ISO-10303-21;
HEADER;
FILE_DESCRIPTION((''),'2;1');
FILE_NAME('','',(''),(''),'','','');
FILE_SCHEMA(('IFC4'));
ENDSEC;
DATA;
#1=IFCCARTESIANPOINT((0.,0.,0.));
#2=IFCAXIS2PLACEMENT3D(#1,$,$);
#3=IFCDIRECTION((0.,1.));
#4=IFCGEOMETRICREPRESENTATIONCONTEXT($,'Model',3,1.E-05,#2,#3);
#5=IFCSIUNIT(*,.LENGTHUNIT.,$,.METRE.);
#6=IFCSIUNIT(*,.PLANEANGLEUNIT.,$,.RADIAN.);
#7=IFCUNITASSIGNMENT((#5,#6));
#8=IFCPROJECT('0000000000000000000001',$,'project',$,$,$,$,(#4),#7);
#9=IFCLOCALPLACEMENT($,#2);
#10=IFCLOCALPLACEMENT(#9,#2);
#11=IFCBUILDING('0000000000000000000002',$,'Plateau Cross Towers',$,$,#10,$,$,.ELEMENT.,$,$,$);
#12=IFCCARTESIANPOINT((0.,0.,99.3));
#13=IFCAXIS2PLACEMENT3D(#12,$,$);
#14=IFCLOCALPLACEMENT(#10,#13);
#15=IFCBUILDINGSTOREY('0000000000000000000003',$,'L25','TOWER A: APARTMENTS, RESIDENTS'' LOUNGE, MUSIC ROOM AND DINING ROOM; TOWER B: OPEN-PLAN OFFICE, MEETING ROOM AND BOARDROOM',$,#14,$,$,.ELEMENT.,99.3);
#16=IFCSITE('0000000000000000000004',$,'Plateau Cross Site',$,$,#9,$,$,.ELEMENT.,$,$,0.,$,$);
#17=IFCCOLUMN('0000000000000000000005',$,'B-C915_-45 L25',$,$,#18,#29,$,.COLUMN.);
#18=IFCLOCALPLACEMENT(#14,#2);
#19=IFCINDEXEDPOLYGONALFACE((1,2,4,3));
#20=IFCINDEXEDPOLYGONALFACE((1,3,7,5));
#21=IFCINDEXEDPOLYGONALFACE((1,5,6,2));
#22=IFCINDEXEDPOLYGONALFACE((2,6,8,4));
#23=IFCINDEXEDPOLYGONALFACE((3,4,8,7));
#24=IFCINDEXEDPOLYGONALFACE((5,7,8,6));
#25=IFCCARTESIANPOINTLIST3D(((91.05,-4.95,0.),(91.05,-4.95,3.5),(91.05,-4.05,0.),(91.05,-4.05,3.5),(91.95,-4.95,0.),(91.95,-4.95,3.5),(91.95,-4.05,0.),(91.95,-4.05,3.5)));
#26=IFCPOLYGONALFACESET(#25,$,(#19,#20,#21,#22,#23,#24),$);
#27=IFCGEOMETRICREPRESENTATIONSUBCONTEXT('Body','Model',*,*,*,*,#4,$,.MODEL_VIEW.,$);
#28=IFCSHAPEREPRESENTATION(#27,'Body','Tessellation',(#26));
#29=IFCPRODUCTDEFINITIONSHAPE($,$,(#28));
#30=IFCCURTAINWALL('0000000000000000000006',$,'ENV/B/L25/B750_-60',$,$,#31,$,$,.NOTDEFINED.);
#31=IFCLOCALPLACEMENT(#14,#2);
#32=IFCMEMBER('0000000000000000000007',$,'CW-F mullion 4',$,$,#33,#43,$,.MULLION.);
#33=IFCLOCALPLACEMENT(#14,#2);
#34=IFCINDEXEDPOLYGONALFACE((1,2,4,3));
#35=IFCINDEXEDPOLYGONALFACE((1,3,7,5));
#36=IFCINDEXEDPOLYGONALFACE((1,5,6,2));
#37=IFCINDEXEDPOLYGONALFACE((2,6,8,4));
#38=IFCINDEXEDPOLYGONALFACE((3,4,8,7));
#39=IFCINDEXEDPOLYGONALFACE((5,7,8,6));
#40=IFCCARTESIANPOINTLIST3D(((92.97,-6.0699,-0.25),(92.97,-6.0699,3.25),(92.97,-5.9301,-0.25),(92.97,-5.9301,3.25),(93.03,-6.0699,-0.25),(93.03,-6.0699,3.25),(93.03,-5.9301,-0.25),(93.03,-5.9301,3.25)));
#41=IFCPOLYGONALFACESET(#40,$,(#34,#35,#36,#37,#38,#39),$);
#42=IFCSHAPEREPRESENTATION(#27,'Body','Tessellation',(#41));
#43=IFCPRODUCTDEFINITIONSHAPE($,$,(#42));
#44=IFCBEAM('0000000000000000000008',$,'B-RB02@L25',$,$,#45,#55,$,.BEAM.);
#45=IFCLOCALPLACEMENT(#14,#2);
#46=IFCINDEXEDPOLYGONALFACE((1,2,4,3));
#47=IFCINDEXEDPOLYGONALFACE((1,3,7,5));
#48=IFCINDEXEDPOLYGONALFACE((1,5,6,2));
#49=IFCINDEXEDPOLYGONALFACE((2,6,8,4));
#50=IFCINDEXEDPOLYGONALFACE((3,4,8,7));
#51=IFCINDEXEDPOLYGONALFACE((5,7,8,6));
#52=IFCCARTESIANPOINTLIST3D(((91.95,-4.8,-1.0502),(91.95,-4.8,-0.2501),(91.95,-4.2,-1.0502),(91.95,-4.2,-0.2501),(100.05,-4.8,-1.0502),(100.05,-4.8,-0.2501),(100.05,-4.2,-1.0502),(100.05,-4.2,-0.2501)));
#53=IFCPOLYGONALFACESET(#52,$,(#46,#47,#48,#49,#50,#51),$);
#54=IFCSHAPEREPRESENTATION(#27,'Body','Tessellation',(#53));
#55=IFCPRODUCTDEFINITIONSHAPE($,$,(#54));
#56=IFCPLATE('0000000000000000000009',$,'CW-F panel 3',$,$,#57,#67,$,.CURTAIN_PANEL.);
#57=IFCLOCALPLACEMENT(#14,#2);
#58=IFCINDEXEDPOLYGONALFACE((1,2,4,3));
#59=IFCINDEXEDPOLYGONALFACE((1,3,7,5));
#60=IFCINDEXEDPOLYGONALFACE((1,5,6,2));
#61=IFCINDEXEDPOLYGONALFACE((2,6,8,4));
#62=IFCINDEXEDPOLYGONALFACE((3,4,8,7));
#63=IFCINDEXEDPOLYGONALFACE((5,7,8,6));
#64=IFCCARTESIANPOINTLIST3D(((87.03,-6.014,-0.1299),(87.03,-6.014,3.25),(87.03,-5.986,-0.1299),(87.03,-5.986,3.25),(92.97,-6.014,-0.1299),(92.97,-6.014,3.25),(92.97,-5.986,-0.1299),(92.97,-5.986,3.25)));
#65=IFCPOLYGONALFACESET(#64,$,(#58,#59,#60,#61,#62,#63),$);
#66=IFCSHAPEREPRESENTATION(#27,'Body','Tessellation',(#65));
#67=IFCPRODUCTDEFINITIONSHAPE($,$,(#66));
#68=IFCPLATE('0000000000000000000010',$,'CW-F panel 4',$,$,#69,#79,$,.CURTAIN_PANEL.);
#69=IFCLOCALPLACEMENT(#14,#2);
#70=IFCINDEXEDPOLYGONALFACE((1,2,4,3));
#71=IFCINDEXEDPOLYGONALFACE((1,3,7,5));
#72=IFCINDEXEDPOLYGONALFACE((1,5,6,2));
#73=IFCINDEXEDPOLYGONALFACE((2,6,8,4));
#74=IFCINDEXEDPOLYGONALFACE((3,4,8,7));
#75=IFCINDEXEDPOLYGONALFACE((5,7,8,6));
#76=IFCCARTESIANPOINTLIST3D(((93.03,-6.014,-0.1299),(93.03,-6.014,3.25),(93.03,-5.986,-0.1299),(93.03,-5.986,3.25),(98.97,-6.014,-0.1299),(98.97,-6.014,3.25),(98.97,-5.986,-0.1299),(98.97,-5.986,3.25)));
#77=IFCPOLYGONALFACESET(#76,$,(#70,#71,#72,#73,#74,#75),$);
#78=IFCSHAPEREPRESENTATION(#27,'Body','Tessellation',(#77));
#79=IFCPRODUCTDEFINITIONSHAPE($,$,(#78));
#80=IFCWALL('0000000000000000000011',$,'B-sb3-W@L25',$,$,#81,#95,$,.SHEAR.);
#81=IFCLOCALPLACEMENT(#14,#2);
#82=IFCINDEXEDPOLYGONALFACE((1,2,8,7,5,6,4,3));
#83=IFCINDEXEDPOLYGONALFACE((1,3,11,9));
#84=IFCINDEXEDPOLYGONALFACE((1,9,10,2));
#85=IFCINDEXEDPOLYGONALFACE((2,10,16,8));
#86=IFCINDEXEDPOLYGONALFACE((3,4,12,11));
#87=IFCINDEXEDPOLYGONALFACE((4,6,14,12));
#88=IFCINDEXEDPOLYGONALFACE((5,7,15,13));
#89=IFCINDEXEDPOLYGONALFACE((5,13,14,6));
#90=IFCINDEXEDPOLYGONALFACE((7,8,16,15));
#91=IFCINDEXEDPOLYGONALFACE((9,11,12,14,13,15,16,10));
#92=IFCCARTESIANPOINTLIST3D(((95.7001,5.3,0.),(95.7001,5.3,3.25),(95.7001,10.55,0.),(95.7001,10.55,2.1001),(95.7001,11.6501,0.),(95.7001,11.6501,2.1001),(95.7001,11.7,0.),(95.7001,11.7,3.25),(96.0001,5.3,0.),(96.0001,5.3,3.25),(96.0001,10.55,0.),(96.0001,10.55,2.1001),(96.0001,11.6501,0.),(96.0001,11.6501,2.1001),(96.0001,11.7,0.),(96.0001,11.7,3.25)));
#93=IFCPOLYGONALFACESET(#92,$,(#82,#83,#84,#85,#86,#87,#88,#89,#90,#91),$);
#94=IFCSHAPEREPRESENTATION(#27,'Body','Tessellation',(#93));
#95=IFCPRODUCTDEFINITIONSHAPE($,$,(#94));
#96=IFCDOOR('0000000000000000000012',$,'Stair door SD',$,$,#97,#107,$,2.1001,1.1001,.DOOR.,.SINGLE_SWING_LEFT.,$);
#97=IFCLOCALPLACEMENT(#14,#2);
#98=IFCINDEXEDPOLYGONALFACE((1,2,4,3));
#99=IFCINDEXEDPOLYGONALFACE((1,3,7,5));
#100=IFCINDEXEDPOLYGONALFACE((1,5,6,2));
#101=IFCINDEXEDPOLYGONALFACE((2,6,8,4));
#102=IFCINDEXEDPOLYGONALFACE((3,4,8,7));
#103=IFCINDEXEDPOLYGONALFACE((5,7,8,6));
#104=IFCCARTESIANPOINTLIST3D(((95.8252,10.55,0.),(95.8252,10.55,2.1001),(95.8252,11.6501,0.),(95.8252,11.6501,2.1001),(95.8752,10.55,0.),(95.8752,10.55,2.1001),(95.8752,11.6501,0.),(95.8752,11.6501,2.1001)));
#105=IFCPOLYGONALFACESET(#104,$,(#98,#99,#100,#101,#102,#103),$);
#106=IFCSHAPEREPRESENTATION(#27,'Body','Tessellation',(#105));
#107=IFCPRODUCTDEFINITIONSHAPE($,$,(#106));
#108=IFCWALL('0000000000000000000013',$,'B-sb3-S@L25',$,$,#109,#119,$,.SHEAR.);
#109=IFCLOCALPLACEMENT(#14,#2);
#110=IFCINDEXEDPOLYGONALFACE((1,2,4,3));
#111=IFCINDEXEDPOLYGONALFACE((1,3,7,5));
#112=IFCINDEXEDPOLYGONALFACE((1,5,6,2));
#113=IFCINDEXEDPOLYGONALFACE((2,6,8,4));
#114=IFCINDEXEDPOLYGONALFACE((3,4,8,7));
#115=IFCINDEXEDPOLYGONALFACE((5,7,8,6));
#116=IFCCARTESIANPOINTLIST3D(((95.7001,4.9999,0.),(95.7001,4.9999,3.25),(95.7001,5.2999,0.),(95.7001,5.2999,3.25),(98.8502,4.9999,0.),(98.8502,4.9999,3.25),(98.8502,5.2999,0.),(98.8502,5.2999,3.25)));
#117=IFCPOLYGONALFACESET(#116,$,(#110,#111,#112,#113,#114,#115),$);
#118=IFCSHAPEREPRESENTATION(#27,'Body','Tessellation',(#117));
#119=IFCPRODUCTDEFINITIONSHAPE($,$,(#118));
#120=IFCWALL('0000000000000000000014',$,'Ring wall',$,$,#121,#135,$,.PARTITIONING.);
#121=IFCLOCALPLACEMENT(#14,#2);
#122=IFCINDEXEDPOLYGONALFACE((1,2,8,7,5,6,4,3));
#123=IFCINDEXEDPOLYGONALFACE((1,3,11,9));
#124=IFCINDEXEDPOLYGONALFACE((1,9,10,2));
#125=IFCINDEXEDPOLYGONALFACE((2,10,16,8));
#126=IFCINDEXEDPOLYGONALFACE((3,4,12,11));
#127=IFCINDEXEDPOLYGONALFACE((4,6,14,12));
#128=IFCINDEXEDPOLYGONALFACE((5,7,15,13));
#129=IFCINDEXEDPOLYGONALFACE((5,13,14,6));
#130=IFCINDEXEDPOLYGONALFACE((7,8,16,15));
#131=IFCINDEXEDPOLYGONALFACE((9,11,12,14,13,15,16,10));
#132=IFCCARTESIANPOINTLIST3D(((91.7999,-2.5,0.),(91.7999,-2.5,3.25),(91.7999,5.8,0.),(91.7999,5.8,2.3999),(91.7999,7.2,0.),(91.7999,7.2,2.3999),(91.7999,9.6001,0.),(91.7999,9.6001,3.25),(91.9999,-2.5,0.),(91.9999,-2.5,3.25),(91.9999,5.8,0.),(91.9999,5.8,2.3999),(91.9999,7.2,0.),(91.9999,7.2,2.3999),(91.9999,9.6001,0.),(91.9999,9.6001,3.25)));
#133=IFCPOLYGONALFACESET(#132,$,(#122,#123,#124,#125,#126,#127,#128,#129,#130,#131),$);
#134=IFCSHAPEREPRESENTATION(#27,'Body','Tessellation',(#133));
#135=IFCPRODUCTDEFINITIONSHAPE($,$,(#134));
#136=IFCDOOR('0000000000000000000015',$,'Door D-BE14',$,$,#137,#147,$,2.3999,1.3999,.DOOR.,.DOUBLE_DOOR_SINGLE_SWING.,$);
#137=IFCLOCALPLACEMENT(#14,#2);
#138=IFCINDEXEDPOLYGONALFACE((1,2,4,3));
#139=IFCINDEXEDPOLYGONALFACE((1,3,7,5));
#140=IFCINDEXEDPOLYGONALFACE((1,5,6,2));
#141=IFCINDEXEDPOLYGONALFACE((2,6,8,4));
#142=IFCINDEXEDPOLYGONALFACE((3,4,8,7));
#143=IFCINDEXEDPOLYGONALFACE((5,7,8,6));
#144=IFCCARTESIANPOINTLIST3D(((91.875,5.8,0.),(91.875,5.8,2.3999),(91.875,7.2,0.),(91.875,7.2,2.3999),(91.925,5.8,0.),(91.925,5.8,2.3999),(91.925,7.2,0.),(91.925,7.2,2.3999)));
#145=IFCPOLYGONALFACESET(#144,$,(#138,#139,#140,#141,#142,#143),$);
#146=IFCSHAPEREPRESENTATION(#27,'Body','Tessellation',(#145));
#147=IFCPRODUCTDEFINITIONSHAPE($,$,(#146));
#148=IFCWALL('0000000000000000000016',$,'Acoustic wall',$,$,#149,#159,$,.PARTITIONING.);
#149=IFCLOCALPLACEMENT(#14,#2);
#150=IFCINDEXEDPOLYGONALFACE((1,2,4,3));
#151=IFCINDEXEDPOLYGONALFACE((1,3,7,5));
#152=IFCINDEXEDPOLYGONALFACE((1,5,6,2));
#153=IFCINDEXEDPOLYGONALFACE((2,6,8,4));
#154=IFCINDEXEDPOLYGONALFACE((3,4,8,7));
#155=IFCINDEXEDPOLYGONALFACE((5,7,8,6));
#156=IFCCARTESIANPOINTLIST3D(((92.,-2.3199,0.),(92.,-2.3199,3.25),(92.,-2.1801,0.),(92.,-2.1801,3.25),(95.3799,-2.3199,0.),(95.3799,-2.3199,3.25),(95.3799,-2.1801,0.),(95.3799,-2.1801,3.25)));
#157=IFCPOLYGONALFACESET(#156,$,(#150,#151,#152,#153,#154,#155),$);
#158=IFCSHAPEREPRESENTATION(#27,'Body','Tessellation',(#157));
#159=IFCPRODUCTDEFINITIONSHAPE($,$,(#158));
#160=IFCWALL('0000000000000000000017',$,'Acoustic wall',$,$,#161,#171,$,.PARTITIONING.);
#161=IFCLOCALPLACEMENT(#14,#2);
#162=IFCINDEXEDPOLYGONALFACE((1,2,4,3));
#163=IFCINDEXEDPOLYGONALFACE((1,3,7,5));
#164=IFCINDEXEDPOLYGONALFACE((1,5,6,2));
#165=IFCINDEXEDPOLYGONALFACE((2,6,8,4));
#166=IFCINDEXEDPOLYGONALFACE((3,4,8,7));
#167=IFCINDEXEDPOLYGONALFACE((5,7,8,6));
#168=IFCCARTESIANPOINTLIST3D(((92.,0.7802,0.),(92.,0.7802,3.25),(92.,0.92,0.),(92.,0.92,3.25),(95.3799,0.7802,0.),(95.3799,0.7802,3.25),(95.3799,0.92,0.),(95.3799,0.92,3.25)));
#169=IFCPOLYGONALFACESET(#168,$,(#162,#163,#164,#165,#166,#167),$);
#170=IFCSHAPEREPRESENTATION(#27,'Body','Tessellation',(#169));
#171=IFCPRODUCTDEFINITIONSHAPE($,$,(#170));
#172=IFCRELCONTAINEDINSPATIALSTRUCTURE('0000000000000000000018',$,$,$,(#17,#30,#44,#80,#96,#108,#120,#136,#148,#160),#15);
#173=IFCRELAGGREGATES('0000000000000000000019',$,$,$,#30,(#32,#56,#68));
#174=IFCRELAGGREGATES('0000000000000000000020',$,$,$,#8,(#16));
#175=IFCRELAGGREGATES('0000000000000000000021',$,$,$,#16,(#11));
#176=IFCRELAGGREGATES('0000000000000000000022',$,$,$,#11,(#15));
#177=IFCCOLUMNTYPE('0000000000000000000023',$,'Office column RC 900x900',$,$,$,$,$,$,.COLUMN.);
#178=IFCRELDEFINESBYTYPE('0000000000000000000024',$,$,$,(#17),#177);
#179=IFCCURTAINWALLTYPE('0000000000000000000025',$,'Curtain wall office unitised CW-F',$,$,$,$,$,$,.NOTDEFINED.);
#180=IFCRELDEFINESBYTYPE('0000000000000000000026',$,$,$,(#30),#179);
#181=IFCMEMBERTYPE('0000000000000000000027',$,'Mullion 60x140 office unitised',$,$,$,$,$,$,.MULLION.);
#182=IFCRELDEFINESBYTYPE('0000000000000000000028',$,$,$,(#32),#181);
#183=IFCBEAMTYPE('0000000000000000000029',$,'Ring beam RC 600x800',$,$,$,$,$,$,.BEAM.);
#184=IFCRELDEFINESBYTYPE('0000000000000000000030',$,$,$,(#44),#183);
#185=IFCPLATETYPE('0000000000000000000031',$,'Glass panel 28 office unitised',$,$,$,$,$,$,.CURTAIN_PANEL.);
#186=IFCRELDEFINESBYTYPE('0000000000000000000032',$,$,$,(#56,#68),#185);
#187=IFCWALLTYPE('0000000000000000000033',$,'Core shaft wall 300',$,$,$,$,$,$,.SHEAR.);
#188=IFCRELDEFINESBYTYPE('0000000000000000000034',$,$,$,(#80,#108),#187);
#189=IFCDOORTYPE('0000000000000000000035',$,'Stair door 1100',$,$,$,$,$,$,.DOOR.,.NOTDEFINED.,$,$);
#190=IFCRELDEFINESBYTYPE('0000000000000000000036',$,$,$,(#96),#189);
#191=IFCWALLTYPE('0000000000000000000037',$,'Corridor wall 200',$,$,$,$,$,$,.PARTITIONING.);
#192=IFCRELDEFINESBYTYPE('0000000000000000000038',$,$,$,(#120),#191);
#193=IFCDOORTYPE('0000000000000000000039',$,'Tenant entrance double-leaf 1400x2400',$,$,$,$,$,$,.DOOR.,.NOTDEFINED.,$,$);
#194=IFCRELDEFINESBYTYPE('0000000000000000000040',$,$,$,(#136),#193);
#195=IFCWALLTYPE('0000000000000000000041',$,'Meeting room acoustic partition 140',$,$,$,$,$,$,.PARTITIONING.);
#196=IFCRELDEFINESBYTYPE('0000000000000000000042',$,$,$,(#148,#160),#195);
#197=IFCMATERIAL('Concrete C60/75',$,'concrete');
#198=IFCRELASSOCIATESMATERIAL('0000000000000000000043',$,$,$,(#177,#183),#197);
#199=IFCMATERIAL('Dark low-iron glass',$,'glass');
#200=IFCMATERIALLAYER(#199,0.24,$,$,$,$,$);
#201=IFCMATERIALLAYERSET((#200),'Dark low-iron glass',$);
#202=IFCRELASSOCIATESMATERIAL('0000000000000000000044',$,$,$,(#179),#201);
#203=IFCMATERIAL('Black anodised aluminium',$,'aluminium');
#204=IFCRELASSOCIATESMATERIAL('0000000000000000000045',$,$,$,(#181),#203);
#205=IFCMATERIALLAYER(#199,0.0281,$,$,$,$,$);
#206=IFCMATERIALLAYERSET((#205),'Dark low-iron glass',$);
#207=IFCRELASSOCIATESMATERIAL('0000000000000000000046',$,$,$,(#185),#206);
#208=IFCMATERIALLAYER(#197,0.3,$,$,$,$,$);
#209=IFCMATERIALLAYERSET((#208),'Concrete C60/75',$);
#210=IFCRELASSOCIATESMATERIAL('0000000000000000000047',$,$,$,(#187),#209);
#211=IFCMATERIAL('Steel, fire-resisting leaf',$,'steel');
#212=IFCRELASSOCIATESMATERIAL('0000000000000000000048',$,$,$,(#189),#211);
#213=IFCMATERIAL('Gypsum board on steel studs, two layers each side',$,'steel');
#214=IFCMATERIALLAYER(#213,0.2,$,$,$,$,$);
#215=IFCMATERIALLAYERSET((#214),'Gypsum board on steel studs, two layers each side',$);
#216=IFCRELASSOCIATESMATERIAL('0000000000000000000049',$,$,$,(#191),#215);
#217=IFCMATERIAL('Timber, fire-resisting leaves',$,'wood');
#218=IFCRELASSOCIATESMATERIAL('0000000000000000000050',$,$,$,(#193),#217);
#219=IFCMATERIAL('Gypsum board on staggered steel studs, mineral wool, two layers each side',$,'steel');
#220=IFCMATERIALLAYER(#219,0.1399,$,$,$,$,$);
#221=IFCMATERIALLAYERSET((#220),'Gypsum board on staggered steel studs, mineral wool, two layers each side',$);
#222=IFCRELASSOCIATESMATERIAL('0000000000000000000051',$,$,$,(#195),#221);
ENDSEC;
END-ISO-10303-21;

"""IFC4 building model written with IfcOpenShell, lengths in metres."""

from ifc_helpers import new_model, si_unit, direction, frame, frame_2d, origin, origin_2d, place, context, subcontext, project, spatial, rectangle, extrude, material, layer, layer_set, material_profile, profile_set, type_object, element, fill, aggregate, save


model = new_model("IFC4")

# Units and contexts
model_context = context("Model", 3, precision=1e-05, world=origin(), true_north=direction((0.0, 1.0)))
body_context = subcontext(model_context, "Body", "Model", "MODEL_VIEW")
ifc_project = project(units=[si_unit("LENGTHUNIT", "METRE"), si_unit("PLANEANGLEUNIT", "RADIAN")], contexts=[model_context])

# Site, building, storey
site_placement = place(None, origin())
site = spatial("IfcSite", under=ifc_project, at=site_placement, Name="Plateau Cross Site", CompositionType="ELEMENT", RefElevation=0.0)
building_placement = place(site_placement, origin())
building = spatial("IfcBuilding", under=site, at=building_placement, Name="Plateau Cross Towers", CompositionType="ELEMENT")
storey_placement = place(building_placement, frame((0.0, 0.0, 99.3)))
storey = spatial("IfcBuildingStorey", under=building, at=storey_placement, Name="L25", Description="TOWER A: APARTMENTS, RESIDENTS' LOUNGE, MUSIC ROOM AND DINING ROOM; TOWER B: OPEN-PLAN OFFICE, MEETING ROOM AND BOARDROOM", CompositionType="ELEMENT", Elevation=99.3)

# Column
ifc_material_1 = material(Name="Concrete C60/75", Category="concrete")
ifc_material_profile_1 = material_profile(ifc_material_1, rectangle(XDim=0.8999, YDim=0.8999, at=origin_2d()), Name="RC 900x900")
ifc_profile_set_1 = profile_set([ifc_material_profile_1], Name="Concrete C60/75")
column_type = type_object("IfcColumnType", Name="Office column RC 900x900", PredefinedType="COLUMN", material=ifc_profile_set_1)
column_placement = place(storey_placement, frame((91.5, -4.5, 0.0), z_axis=(0.0, 0.0, 1.0), x_axis=(1.0, 0.0, 0.0)))
element("IfcColumn", 1, at=column_placement, inside=storey, type_object=column_type, Name="B-C915_-45 L25", PredefinedType="COLUMN", context=body_context, shape_type="SweptSolid", body=[
    extrude(rectangle(XDim=0.8999, YDim=0.8999, at=origin_2d()), origin(), (0.0, 0.0, 1.0), 3.5),
])

# Curtain wall, member
ifc_material_2 = material(Name="Dark low-iron glass", Category="glass")
ifc_layer_1 = layer(ifc_material_2, 0.24)
ifc_layer_set_1 = layer_set([ifc_layer_1], Name="Dark low-iron glass")
curtain_wall_type = type_object("IfcCurtainWallType", Name="Curtain wall office unitised CW-F", PredefinedType="NOTDEFINED", material=ifc_layer_set_1)
curtain_wall_placement = place(storey_placement, origin())
curtain_wall = element("IfcCurtainWall", 2, at=curtain_wall_placement, inside=storey, type_object=curtain_wall_type, Name="ENV/B/L25/B750_-60", PredefinedType="NOTDEFINED")
ifc_material_3 = material(Name="Black anodised aluminium", Category="aluminium")
ifc_material_profile_2 = material_profile(ifc_material_3, rectangle(XDim=0.0601, YDim=0.1399, at=origin_2d()), Name="MULLION 60x140")
ifc_profile_set_2 = profile_set([ifc_material_profile_2], Name="Black anodised aluminium")
member_type = type_object("IfcMemberType", Name="Mullion 60x140 office unitised", PredefinedType="MULLION", material=ifc_profile_set_2)
member_placement = place(storey_placement, frame((93.0, -6.0, -0.25), z_axis=(0.0, 0.0, 1.0), x_axis=(1.0, 0.0, 0.0)))
member = element("IfcMember", 3, at=member_placement, type_object=member_type, Name="CW-F mullion 4", PredefinedType="MULLION", context=body_context, shape_type="SweptSolid", body=[
    extrude(rectangle(XDim=0.0601, YDim=0.1399, at=origin_2d()), origin(), (0.0, 0.0, 1.0), 3.5),
])

# Beam
ifc_material_profile_3 = material_profile(ifc_material_1, rectangle(XDim=0.6001, YDim=0.8, at=origin_2d()), Name="RC 600x800")
ifc_profile_set_3 = profile_set([ifc_material_profile_3], Name="Concrete C60/75")
beam_type = type_object("IfcBeamType", Name="Ring beam RC 600x800", PredefinedType="BEAM", material=ifc_profile_set_3)
beam_placement = place(storey_placement, frame((91.95, -4.5, -0.6501), z_axis=(1.0, 0.0, 0.0), x_axis=(0.0, 1.0, 0.0)))
element("IfcBeam", 4, at=beam_placement, inside=storey, type_object=beam_type, Name="B-RB02@L25", PredefinedType="BEAM", context=body_context, shape_type="SweptSolid", body=[
    extrude(rectangle(XDim=0.6001, YDim=0.8, at=origin_2d()), origin(), (0.0, 0.0, 1.0), 8.1001),
])

# Plates
ifc_layer_2 = layer(ifc_material_2, 0.0281)
ifc_layer_set_2 = layer_set([ifc_layer_2], Name="Dark low-iron glass")
plate_type = type_object("IfcPlateType", Name="Glass panel 28 office unitised", PredefinedType="CURTAIN_PANEL", material=ifc_layer_set_2)
plate_1_placement = place(storey_placement, frame((90.0, -6.0, -0.1299), z_axis=(0.0, 0.0, 1.0), x_axis=(1.0, 0.0, 0.0)))
plate_1 = element("IfcPlate", 5, at=plate_1_placement, type_object=plate_type, Name="CW-F panel 3", PredefinedType="CURTAIN_PANEL", context=body_context, shape_type="SweptSolid", body=[
    extrude(rectangle(XDim=5.9399, YDim=0.0281, at=origin_2d()), origin(), (0.0, 0.0, 1.0), 3.3799),
])
plate_2_placement = place(storey_placement, frame((96.0, -6.0, -0.1299), z_axis=(0.0, 0.0, 1.0), x_axis=(1.0, 0.0, 0.0)))
plate_2 = element("IfcPlate", 6, at=plate_2_placement, type_object=plate_type, Name="CW-F panel 4", PredefinedType="CURTAIN_PANEL", context=body_context, shape_type="SweptSolid", body=[
    extrude(rectangle(XDim=5.9399, YDim=0.0281, at=origin_2d()), origin(), (0.0, 0.0, 1.0), 3.3799),
])
aggregate(curtain_wall, [member, plate_1, plate_2])

# Wall, opening, door
ifc_layer_3 = layer(ifc_material_1, 0.3)
ifc_layer_set_3 = layer_set([ifc_layer_3], Name="Concrete C60/75")
wall_type_1 = type_object("IfcWallType", Name="Core shaft wall 300", PredefinedType="SHEAR", material=ifc_layer_set_3)
wall_1_placement = place(storey_placement, frame((95.8501, 5.3, 0.0), z_axis=(0.0, 0.0, 1.0), x_axis=(0.0, 1.0, 0.0)))
wall_1 = element("IfcWall", 7, at=wall_1_placement, inside=storey, type_object=wall_type_1, Name="B-sb3-W@L25", PredefinedType="SHEAR", context=body_context, shape_type="SweptSolid", body=[
    extrude(rectangle(XDim=6.3999, YDim=0.3, at=frame_2d((3.2, 0.0))), origin(), (0.0, 0.0, 1.0), 3.25),
])
opening_1_placement = place(wall_1_placement, frame((5.25, 0.0, 0.0)))
opening_1 = element("IfcOpeningElement", 8, at=opening_1_placement, cuts=wall_1, PredefinedType="OPENING", context=body_context, shape_type="SweptSolid", body=[
    extrude(rectangle(XDim=1.1001, YDim=2.1001, at=frame_2d((0.55, 1.05))), frame((0.0, 0.1599, 0.0), z_axis=(0.0, -1.0, 0.0), x_axis=(1.0, 0.0, 0.0)), (0.0, 0.0, 1.0), 0.3201),
])
ifc_material_4 = material(Name="Steel, fire-resisting leaf", Category="steel")
door_type_1 = type_object("IfcDoorType", Name="Stair door 1100", OperationType="NOTDEFINED", PredefinedType="DOOR", material=ifc_material_4)
door_1_placement = place(opening_1_placement, origin())
door_1 = element("IfcDoor", 9, at=door_1_placement, inside=storey, type_object=door_type_1, Name="Stair door SD", OperationType="SINGLE_SWING_LEFT", OverallHeight=2.1001, OverallWidth=1.1001, PredefinedType="DOOR", context=body_context, shape_type="SweptSolid", body=[
    extrude(rectangle(XDim=1.1001, YDim=2.1001, at=frame_2d((0.55, 1.05))), frame((0.0, 0.0249, 0.0), z_axis=(0.0, -1.0, 0.0), x_axis=(1.0, 0.0, 0.0)), (0.0, 0.0, 1.0), 0.05),
])
fill(opening_1, door_1)

# Wall
wall_2_placement = place(storey_placement, frame((95.7, 5.1499, 0.0), z_axis=(0.0, 0.0, 1.0), x_axis=(1.0, 0.0, 0.0)))
element("IfcWall", 10, at=wall_2_placement, inside=storey, type_object=wall_type_1, Name="B-sb3-S@L25", PredefinedType="SHEAR", context=body_context, shape_type="SweptSolid", body=[
    extrude(rectangle(XDim=3.1501, YDim=0.3, at=frame_2d((1.5752, 0.0))), origin(), (0.0, 0.0, 1.0), 3.25),
])

# Wall, opening, door
ifc_material_5 = material(Name="Gypsum board on steel studs, two layers each side", Category="steel")
ifc_layer_4 = layer(ifc_material_5, 0.2)
ifc_layer_set_4 = layer_set([ifc_layer_4], Name="Gypsum board on steel studs, two layers each side")
wall_type_2 = type_object("IfcWallType", Name="Corridor wall 200", PredefinedType="PARTITIONING", material=ifc_layer_set_4)
wall_3_placement = place(storey_placement, frame((91.8999, -2.5, 0.0), z_axis=(0.0, 0.0, 1.0), x_axis=(0.0, 1.0, 0.0)))
wall_3 = element("IfcWall", 11, at=wall_3_placement, inside=storey, type_object=wall_type_2, Name="Ring wall", PredefinedType="PARTITIONING", context=body_context, shape_type="SweptSolid", body=[
    extrude(rectangle(XDim=12.1001, YDim=0.2, at=frame_2d((6.05, 0.0))), origin(), (0.0, 0.0, 1.0), 3.25),
])
opening_2_placement = place(wall_3_placement, frame((8.3, 0.0, 0.0)))
opening_2 = element("IfcOpeningElement", 12, at=opening_2_placement, cuts=wall_3, PredefinedType="OPENING", context=body_context, shape_type="SweptSolid", body=[
    extrude(rectangle(XDim=1.3999, YDim=2.3999, at=frame_2d((0.7, 1.2))), frame((0.0, 0.1099, 0.0), z_axis=(0.0, -1.0, 0.0), x_axis=(1.0, 0.0, 0.0)), (0.0, 0.0, 1.0), 0.22),
])
ifc_material_6 = material(Name="Timber, fire-resisting leaves", Category="wood")
door_type_2 = type_object("IfcDoorType", Name="Tenant entrance double-leaf 1400x2400", OperationType="NOTDEFINED", PredefinedType="DOOR", material=ifc_material_6)
door_2_placement = place(opening_2_placement, origin())
door_2 = element("IfcDoor", 13, at=door_2_placement, inside=storey, type_object=door_type_2, Name="Door D-BE14", OperationType="DOUBLE_DOOR_SINGLE_SWING", OverallHeight=2.3999, OverallWidth=1.3999, PredefinedType="DOOR", context=body_context, shape_type="SweptSolid", body=[
    extrude(rectangle(XDim=1.3999, YDim=2.3999, at=frame_2d((0.7, 1.2))), frame((0.0, 0.0249, 0.0), z_axis=(0.0, -1.0, 0.0), x_axis=(1.0, 0.0, 0.0)), (0.0, 0.0, 1.0), 0.05),
])
fill(opening_2, door_2)
ifc_material_7 = material(Name="Gypsum board on staggered steel studs, mineral wool, two layers each side", Category="steel")
ifc_layer_5 = layer(ifc_material_7, 0.1399)
ifc_layer_set_5 = layer_set([ifc_layer_5], Name="Gypsum board on staggered steel studs, mineral wool, two layers each side")
wall_type_3 = type_object("IfcWallType", Name="Meeting room acoustic partition 140", PredefinedType="PARTITIONING", material=ifc_layer_set_5)

# Wall
wall_4_placement = place(storey_placement, frame((92.0, -2.25, 0.0), z_axis=(0.0, 0.0, 1.0), x_axis=(1.0, 0.0, 0.0)))
element("IfcWall", 14, at=wall_4_placement, inside=storey, type_object=wall_type_3, Name="Acoustic wall", PredefinedType="PARTITIONING", context=body_context, shape_type="SweptSolid", body=[
    extrude(rectangle(XDim=3.3799, YDim=0.1399, at=frame_2d((1.6899, 0.0))), origin(), (0.0, 0.0, 1.0), 3.25),
])

# Wall
wall_5_placement = place(storey_placement, frame((92.0, 0.8501, 0.0), z_axis=(0.0, 0.0, 1.0), x_axis=(1.0, 0.0, 0.0)))
element("IfcWall", 15, at=wall_5_placement, inside=storey, type_object=wall_type_3, Name="Acoustic wall", PredefinedType="PARTITIONING", context=body_context, shape_type="SweptSolid", body=[
    extrude(rectangle(XDim=3.3799, YDim=0.1399, at=frame_2d((1.6899, 0.0))), origin(), (0.0, 0.0, 1.0), 3.25),
])

save(model, "model.ifc")
